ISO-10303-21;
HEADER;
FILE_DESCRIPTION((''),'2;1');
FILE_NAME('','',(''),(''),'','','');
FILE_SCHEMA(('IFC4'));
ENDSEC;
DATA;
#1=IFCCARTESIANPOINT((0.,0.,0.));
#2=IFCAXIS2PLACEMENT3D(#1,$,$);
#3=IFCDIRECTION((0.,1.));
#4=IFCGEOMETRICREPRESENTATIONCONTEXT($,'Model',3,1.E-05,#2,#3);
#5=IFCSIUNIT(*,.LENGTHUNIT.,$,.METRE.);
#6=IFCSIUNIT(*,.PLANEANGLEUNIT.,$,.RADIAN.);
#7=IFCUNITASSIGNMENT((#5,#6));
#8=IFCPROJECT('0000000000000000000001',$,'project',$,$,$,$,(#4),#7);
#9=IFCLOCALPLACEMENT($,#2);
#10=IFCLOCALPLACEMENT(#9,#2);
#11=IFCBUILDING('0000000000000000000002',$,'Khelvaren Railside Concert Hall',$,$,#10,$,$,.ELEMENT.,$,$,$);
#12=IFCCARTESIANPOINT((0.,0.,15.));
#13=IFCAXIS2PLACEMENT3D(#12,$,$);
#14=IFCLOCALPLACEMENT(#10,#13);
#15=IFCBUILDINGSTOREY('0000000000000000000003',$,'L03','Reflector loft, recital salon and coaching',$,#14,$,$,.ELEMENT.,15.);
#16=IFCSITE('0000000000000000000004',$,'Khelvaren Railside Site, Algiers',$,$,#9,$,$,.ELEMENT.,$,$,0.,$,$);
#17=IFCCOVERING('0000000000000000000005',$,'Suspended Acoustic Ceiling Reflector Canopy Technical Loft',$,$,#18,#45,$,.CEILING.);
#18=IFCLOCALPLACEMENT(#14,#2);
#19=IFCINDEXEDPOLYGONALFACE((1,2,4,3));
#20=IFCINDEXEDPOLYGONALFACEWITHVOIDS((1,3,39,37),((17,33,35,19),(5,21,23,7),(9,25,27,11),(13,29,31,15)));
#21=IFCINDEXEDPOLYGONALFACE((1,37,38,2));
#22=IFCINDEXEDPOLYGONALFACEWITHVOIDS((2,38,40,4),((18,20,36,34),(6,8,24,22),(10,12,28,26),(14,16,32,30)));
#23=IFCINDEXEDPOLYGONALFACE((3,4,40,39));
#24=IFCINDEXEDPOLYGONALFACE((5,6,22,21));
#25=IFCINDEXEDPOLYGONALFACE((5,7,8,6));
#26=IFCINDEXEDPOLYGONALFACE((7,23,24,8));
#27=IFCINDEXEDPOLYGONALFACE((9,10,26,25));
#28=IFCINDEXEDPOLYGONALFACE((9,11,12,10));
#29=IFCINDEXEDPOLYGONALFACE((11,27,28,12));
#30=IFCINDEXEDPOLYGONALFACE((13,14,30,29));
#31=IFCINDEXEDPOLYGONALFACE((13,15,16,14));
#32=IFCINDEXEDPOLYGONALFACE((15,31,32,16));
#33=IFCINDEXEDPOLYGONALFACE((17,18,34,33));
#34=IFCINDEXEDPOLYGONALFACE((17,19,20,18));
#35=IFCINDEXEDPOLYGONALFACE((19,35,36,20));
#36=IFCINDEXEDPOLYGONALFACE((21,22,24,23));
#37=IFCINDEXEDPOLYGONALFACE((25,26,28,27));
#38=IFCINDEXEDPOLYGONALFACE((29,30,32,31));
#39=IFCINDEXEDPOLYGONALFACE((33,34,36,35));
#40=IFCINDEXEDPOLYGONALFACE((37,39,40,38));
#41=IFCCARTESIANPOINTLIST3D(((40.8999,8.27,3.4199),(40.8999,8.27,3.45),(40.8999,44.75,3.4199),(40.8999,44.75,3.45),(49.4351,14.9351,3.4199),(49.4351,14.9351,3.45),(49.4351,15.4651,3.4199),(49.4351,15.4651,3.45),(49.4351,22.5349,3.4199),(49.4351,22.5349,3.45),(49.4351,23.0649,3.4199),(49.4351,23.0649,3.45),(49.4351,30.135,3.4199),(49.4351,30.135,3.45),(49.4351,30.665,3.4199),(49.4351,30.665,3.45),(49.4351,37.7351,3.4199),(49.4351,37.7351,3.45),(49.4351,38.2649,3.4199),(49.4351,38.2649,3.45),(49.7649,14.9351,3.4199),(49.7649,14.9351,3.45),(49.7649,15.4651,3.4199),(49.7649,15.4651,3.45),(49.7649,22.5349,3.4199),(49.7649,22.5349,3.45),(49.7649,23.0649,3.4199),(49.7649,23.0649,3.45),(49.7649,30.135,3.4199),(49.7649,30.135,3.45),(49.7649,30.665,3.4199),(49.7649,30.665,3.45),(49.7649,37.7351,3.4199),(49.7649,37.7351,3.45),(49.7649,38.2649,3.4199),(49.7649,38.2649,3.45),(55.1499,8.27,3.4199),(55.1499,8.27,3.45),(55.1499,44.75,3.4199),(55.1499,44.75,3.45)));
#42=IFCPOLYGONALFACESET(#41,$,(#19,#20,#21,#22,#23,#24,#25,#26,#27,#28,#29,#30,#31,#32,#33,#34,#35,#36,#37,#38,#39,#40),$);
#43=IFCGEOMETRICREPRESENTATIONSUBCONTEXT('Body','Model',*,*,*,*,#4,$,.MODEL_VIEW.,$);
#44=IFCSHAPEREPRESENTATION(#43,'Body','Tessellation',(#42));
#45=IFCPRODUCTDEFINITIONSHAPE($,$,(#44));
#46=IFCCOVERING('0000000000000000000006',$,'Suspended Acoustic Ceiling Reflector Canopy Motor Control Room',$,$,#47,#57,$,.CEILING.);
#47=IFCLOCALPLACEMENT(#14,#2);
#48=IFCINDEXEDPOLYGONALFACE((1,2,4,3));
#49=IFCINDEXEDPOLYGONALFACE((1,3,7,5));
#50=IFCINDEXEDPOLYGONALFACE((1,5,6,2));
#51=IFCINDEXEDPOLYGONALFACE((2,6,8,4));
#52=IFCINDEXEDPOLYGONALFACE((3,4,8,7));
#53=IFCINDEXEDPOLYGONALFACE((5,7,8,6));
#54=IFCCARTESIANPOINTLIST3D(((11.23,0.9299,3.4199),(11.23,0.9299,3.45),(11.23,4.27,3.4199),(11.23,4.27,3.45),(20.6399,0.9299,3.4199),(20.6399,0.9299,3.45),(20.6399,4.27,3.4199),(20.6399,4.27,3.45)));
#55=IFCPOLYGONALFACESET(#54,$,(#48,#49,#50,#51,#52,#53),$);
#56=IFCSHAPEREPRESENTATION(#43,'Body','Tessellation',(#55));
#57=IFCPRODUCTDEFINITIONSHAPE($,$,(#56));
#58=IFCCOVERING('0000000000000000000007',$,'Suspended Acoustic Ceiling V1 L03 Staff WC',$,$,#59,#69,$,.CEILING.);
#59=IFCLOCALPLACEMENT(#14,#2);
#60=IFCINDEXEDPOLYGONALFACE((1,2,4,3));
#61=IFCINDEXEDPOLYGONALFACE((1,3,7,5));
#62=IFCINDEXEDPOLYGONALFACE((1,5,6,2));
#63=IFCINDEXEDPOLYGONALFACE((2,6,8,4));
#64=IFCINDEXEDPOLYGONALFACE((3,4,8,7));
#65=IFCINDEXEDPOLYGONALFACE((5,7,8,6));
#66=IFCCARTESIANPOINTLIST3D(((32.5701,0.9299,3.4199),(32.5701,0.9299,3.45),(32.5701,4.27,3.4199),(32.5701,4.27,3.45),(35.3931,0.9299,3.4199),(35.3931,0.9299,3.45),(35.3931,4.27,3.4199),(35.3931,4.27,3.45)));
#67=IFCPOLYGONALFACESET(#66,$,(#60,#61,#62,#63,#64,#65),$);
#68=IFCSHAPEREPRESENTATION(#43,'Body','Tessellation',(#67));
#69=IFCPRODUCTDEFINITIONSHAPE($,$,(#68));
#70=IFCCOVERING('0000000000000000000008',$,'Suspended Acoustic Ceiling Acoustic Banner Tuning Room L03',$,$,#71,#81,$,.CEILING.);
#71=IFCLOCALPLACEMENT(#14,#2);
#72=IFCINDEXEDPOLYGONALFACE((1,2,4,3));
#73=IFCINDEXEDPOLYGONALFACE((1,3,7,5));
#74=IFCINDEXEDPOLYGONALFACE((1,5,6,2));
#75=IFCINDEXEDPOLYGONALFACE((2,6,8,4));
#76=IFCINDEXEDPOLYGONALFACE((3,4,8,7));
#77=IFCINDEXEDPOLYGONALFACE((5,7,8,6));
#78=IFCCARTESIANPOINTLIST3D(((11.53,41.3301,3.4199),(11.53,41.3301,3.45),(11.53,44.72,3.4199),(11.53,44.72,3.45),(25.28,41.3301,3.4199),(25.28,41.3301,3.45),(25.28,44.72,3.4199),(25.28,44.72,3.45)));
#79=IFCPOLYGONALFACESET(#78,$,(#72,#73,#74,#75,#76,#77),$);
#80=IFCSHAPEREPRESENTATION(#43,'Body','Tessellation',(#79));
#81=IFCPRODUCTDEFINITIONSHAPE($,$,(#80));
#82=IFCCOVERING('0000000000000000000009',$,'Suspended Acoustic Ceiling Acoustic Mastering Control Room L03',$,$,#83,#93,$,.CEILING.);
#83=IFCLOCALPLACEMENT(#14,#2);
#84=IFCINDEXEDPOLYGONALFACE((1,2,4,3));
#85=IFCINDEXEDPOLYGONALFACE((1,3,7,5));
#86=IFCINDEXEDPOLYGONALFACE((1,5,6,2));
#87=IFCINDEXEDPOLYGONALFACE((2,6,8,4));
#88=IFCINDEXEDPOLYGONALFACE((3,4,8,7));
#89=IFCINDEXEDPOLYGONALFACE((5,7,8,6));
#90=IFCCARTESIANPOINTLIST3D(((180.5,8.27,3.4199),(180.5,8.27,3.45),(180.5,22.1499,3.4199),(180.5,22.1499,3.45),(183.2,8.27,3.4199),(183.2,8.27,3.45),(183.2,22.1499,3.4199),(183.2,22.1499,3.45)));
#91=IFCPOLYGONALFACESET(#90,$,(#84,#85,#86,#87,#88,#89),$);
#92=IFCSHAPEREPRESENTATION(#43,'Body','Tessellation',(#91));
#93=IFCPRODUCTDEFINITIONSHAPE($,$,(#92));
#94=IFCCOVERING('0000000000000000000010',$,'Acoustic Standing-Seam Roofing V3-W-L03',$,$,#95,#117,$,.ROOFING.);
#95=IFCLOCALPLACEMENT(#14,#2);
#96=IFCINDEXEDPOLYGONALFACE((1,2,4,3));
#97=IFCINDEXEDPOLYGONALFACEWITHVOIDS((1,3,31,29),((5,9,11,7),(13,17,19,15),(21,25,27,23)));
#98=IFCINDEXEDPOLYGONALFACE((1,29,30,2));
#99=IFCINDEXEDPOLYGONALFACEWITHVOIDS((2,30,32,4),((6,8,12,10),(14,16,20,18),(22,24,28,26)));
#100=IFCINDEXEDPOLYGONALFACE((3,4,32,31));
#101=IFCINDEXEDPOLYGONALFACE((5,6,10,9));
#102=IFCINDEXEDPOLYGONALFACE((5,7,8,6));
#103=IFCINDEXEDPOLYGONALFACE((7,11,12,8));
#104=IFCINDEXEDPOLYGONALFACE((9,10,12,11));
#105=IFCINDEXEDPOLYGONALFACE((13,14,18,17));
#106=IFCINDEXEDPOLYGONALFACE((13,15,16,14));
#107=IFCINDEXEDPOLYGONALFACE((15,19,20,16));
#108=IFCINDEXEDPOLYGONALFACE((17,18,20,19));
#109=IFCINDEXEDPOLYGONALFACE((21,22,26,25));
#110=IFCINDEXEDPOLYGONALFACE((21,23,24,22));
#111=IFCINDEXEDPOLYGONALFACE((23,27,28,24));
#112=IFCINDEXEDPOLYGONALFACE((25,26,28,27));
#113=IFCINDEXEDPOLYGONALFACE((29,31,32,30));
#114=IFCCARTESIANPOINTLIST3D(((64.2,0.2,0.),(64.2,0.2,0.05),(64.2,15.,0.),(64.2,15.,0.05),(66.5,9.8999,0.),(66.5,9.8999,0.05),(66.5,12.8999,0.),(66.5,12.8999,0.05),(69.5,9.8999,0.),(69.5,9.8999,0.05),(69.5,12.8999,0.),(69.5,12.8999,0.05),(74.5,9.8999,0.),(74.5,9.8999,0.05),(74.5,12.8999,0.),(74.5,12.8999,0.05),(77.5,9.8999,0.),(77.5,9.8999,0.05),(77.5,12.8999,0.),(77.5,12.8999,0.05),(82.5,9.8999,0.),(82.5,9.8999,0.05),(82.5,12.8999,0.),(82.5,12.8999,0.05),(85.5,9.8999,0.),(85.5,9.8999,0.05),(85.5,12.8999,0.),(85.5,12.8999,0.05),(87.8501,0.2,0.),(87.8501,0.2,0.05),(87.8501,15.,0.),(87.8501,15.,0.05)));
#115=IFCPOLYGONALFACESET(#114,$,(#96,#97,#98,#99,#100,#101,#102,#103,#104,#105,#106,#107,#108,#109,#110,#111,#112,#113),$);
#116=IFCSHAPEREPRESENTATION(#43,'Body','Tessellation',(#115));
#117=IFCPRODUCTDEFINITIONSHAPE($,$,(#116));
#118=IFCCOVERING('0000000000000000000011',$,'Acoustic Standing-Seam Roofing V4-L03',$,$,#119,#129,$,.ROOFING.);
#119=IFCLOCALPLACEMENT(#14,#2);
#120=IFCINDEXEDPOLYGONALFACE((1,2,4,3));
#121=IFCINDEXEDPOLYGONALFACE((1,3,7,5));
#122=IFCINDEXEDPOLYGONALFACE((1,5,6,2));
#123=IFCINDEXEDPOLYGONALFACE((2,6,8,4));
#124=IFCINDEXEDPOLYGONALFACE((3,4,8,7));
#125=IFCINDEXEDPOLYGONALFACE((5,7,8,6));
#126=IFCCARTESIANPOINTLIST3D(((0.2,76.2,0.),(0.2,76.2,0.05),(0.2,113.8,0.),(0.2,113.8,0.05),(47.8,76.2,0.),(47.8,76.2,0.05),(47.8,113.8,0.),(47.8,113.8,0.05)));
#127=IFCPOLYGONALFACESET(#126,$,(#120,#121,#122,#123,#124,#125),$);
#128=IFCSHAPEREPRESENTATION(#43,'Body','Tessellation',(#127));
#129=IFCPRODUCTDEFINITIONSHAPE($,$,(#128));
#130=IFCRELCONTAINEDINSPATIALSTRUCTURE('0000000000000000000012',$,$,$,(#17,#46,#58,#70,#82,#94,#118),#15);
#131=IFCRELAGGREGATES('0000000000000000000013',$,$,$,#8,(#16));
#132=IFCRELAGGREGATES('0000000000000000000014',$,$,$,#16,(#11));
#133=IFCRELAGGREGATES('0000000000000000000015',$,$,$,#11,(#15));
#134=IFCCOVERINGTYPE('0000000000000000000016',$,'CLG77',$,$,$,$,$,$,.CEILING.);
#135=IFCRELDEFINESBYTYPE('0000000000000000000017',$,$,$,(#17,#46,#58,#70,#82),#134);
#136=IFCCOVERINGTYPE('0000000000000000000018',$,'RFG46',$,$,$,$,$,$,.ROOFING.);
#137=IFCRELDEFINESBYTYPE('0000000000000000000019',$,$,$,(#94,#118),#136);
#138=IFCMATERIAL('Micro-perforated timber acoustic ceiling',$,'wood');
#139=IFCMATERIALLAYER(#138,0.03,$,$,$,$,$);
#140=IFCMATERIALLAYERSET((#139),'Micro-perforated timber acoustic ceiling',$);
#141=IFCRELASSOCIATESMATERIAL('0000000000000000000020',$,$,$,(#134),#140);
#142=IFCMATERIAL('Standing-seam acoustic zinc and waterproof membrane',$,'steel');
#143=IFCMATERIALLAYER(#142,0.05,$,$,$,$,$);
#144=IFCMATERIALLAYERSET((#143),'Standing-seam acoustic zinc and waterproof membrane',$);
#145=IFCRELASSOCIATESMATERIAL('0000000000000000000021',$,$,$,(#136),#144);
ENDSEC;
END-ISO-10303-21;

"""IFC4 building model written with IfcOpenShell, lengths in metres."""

from ifc_helpers import new_model, si_unit, direction, frame, origin, place, context, subcontext, project, spatial, polyline, outline, extrude, material, layer, layer_set, type_object, element, save


model = new_model("IFC4")

# Units and contexts
model_context = context("Model", 3, precision=1e-05, world=origin(), true_north=direction((0.0, 1.0)))
body_context = subcontext(model_context, "Body", "Model", "MODEL_VIEW")
ifc_project = project(units=[si_unit("LENGTHUNIT", "METRE"), si_unit("PLANEANGLEUNIT", "RADIAN")], contexts=[model_context])

# Site, building, storey
site_placement = place(None, origin())
site = spatial("IfcSite", under=ifc_project, at=site_placement, Name="Khelvaren Railside Site, Algiers", CompositionType="ELEMENT", RefElevation=0.0)
building_placement = place(site_placement, origin())
building = spatial("IfcBuilding", under=site, at=building_placement, Name="Khelvaren Railside Concert Hall", CompositionType="ELEMENT")
storey_placement = place(building_placement, frame((0.0, 0.0, 15.0)))
storey = spatial("IfcBuildingStorey", under=building, at=storey_placement, Name="L03", Description="Reflector loft, recital salon and coaching", CompositionType="ELEMENT", Elevation=15.0)

# Coverings
ifc_material_1 = material(Name="Micro-perforated timber acoustic ceiling", Category="wood")
ifc_layer_1 = layer(ifc_material_1, 0.03)
ifc_layer_set_1 = layer_set([ifc_layer_1], Name="Micro-perforated timber acoustic ceiling")
covering_type_1 = type_object("IfcCoveringType", Name="CLG77", PredefinedType="CEILING", material=ifc_layer_set_1)
covering_1_placement = place(storey_placement, frame((0.0, 0.0, 3.4199)))
element("IfcCovering", 1, at=covering_1_placement, inside=storey, type_object=covering_type_1, Name="Suspended Acoustic Ceiling Reflector Canopy Technical Loft", PredefinedType="CEILING", context=body_context, shape_type="SweptSolid", body=[
    extrude(outline(polyline([(40.8999, 8.27), (55.1499, 8.27), (55.1499, 44.75), (40.8999, 44.75), (40.8999, 8.27)]), holes=[polyline([(49.4351, 14.9351), (49.7649, 14.9351), (49.7649, 15.4651), (49.4351, 15.4651), (49.4351, 14.9351)]), polyline([(49.4351, 22.5349), (49.7649, 22.5349), (49.7649, 23.0649), (49.4351, 23.0649), (49.4351, 22.5349)]), polyline([(49.4351, 30.135), (49.7649, 30.135), (49.7649, 30.665), (49.4351, 30.665), (49.4351, 30.135)]), polyline([(49.4351, 37.7351), (49.7649, 37.7351), (49.7649, 38.2649), (49.4351, 38.2649), (49.4351, 37.7351)])]), origin(), (0.0, 0.0, 1.0), 0.03),
])
covering_2_placement = place(storey_placement, frame((0.0, 0.0, 3.4199)))
element("IfcCovering", 2, at=covering_2_placement, inside=storey, type_object=covering_type_1, Name="Suspended Acoustic Ceiling Reflector Canopy Motor Control Room", PredefinedType="CEILING", context=body_context, shape_type="SweptSolid", body=[
    extrude(outline(polyline([(11.23, 0.9299), (20.6399, 0.9299), (20.6399, 4.27), (11.23, 4.27), (11.23, 0.9299)])), origin(), (0.0, 0.0, 1.0), 0.03),
])
covering_3_placement = place(storey_placement, frame((0.0, 0.0, 3.4199)))
element("IfcCovering", 3, at=covering_3_placement, inside=storey, type_object=covering_type_1, Name="Suspended Acoustic Ceiling V1 L03 Staff WC", PredefinedType="CEILING", context=body_context, shape_type="SweptSolid", body=[
    extrude(outline(polyline([(32.5701, 0.9299), (35.3931, 0.9299), (35.3931, 4.27), (32.5701, 4.27), (32.5701, 0.9299)])), origin(), (0.0, 0.0, 1.0), 0.03),
])
covering_4_placement = place(storey_placement, frame((0.0, 0.0, 3.4199)))
element("IfcCovering", 4, at=covering_4_placement, inside=storey, type_object=covering_type_1, Name="Suspended Acoustic Ceiling Acoustic Banner Tuning Room L03", PredefinedType="CEILING", context=body_context, shape_type="SweptSolid", body=[
    extrude(outline(polyline([(11.53, 41.3301), (25.28, 41.3301), (25.28, 44.72), (11.53, 44.72), (11.53, 41.3301)])), origin(), (0.0, 0.0, 1.0), 0.03),
])
covering_5_placement = place(storey_placement, frame((0.0, 0.0, 3.4199)))
element("IfcCovering", 5, at=covering_5_placement, inside=storey, type_object=covering_type_1, Name="Suspended Acoustic Ceiling Acoustic Mastering Control Room L03", PredefinedType="CEILING", context=body_context, shape_type="SweptSolid", body=[
    extrude(outline(polyline([(180.5, 8.27), (183.2, 8.27), (183.2, 22.1499), (180.5, 22.1499), (180.5, 8.27)])), origin(), (0.0, 0.0, 1.0), 0.03),
])
ifc_material_2 = material(Name="Standing-seam acoustic zinc and waterproof membrane", Category="steel")
ifc_layer_2 = layer(ifc_material_2, 0.05)
ifc_layer_set_2 = layer_set([ifc_layer_2], Name="Standing-seam acoustic zinc and waterproof membrane")
covering_type_2 = type_object("IfcCoveringType", Name="RFG46", PredefinedType="ROOFING", material=ifc_layer_set_2)
covering_6_placement = place(storey_placement, origin())
element("IfcCovering", 6, at=covering_6_placement, inside=storey, type_object=covering_type_2, Name="Acoustic Standing-Seam Roofing V3-W-L03", PredefinedType="ROOFING", context=body_context, shape_type="SweptSolid", body=[
    extrude(outline(polyline([(64.2, 0.2), (87.8501, 0.2), (87.8501, 15.0), (64.2, 15.0), (64.2, 0.2)]), holes=[polyline([(66.5, 9.8999), (69.5, 9.8999), (69.5, 12.8999), (66.5, 12.8999), (66.5, 9.8999)]), polyline([(74.5, 9.8999), (77.5, 9.8999), (77.5, 12.8999), (74.5, 12.8999), (74.5, 9.8999)]), polyline([(82.5, 9.8999), (85.5, 9.8999), (85.5, 12.8999), (82.5, 12.8999), (82.5, 9.8999)])]), origin(), (0.0, 0.0, 1.0), 0.05),
])
covering_7_placement = place(storey_placement, origin())
element("IfcCovering", 7, at=covering_7_placement, inside=storey, type_object=covering_type_2, Name="Acoustic Standing-Seam Roofing V4-L03", PredefinedType="ROOFING", context=body_context, shape_type="SweptSolid", body=[
    extrude(outline(polyline([(0.2, 76.2), (47.8, 76.2), (47.8, 113.8), (0.2, 113.8), (0.2, 76.2)])), origin(), (0.0, 0.0, 1.0), 0.05),
])

save(model, "model.ifc")
